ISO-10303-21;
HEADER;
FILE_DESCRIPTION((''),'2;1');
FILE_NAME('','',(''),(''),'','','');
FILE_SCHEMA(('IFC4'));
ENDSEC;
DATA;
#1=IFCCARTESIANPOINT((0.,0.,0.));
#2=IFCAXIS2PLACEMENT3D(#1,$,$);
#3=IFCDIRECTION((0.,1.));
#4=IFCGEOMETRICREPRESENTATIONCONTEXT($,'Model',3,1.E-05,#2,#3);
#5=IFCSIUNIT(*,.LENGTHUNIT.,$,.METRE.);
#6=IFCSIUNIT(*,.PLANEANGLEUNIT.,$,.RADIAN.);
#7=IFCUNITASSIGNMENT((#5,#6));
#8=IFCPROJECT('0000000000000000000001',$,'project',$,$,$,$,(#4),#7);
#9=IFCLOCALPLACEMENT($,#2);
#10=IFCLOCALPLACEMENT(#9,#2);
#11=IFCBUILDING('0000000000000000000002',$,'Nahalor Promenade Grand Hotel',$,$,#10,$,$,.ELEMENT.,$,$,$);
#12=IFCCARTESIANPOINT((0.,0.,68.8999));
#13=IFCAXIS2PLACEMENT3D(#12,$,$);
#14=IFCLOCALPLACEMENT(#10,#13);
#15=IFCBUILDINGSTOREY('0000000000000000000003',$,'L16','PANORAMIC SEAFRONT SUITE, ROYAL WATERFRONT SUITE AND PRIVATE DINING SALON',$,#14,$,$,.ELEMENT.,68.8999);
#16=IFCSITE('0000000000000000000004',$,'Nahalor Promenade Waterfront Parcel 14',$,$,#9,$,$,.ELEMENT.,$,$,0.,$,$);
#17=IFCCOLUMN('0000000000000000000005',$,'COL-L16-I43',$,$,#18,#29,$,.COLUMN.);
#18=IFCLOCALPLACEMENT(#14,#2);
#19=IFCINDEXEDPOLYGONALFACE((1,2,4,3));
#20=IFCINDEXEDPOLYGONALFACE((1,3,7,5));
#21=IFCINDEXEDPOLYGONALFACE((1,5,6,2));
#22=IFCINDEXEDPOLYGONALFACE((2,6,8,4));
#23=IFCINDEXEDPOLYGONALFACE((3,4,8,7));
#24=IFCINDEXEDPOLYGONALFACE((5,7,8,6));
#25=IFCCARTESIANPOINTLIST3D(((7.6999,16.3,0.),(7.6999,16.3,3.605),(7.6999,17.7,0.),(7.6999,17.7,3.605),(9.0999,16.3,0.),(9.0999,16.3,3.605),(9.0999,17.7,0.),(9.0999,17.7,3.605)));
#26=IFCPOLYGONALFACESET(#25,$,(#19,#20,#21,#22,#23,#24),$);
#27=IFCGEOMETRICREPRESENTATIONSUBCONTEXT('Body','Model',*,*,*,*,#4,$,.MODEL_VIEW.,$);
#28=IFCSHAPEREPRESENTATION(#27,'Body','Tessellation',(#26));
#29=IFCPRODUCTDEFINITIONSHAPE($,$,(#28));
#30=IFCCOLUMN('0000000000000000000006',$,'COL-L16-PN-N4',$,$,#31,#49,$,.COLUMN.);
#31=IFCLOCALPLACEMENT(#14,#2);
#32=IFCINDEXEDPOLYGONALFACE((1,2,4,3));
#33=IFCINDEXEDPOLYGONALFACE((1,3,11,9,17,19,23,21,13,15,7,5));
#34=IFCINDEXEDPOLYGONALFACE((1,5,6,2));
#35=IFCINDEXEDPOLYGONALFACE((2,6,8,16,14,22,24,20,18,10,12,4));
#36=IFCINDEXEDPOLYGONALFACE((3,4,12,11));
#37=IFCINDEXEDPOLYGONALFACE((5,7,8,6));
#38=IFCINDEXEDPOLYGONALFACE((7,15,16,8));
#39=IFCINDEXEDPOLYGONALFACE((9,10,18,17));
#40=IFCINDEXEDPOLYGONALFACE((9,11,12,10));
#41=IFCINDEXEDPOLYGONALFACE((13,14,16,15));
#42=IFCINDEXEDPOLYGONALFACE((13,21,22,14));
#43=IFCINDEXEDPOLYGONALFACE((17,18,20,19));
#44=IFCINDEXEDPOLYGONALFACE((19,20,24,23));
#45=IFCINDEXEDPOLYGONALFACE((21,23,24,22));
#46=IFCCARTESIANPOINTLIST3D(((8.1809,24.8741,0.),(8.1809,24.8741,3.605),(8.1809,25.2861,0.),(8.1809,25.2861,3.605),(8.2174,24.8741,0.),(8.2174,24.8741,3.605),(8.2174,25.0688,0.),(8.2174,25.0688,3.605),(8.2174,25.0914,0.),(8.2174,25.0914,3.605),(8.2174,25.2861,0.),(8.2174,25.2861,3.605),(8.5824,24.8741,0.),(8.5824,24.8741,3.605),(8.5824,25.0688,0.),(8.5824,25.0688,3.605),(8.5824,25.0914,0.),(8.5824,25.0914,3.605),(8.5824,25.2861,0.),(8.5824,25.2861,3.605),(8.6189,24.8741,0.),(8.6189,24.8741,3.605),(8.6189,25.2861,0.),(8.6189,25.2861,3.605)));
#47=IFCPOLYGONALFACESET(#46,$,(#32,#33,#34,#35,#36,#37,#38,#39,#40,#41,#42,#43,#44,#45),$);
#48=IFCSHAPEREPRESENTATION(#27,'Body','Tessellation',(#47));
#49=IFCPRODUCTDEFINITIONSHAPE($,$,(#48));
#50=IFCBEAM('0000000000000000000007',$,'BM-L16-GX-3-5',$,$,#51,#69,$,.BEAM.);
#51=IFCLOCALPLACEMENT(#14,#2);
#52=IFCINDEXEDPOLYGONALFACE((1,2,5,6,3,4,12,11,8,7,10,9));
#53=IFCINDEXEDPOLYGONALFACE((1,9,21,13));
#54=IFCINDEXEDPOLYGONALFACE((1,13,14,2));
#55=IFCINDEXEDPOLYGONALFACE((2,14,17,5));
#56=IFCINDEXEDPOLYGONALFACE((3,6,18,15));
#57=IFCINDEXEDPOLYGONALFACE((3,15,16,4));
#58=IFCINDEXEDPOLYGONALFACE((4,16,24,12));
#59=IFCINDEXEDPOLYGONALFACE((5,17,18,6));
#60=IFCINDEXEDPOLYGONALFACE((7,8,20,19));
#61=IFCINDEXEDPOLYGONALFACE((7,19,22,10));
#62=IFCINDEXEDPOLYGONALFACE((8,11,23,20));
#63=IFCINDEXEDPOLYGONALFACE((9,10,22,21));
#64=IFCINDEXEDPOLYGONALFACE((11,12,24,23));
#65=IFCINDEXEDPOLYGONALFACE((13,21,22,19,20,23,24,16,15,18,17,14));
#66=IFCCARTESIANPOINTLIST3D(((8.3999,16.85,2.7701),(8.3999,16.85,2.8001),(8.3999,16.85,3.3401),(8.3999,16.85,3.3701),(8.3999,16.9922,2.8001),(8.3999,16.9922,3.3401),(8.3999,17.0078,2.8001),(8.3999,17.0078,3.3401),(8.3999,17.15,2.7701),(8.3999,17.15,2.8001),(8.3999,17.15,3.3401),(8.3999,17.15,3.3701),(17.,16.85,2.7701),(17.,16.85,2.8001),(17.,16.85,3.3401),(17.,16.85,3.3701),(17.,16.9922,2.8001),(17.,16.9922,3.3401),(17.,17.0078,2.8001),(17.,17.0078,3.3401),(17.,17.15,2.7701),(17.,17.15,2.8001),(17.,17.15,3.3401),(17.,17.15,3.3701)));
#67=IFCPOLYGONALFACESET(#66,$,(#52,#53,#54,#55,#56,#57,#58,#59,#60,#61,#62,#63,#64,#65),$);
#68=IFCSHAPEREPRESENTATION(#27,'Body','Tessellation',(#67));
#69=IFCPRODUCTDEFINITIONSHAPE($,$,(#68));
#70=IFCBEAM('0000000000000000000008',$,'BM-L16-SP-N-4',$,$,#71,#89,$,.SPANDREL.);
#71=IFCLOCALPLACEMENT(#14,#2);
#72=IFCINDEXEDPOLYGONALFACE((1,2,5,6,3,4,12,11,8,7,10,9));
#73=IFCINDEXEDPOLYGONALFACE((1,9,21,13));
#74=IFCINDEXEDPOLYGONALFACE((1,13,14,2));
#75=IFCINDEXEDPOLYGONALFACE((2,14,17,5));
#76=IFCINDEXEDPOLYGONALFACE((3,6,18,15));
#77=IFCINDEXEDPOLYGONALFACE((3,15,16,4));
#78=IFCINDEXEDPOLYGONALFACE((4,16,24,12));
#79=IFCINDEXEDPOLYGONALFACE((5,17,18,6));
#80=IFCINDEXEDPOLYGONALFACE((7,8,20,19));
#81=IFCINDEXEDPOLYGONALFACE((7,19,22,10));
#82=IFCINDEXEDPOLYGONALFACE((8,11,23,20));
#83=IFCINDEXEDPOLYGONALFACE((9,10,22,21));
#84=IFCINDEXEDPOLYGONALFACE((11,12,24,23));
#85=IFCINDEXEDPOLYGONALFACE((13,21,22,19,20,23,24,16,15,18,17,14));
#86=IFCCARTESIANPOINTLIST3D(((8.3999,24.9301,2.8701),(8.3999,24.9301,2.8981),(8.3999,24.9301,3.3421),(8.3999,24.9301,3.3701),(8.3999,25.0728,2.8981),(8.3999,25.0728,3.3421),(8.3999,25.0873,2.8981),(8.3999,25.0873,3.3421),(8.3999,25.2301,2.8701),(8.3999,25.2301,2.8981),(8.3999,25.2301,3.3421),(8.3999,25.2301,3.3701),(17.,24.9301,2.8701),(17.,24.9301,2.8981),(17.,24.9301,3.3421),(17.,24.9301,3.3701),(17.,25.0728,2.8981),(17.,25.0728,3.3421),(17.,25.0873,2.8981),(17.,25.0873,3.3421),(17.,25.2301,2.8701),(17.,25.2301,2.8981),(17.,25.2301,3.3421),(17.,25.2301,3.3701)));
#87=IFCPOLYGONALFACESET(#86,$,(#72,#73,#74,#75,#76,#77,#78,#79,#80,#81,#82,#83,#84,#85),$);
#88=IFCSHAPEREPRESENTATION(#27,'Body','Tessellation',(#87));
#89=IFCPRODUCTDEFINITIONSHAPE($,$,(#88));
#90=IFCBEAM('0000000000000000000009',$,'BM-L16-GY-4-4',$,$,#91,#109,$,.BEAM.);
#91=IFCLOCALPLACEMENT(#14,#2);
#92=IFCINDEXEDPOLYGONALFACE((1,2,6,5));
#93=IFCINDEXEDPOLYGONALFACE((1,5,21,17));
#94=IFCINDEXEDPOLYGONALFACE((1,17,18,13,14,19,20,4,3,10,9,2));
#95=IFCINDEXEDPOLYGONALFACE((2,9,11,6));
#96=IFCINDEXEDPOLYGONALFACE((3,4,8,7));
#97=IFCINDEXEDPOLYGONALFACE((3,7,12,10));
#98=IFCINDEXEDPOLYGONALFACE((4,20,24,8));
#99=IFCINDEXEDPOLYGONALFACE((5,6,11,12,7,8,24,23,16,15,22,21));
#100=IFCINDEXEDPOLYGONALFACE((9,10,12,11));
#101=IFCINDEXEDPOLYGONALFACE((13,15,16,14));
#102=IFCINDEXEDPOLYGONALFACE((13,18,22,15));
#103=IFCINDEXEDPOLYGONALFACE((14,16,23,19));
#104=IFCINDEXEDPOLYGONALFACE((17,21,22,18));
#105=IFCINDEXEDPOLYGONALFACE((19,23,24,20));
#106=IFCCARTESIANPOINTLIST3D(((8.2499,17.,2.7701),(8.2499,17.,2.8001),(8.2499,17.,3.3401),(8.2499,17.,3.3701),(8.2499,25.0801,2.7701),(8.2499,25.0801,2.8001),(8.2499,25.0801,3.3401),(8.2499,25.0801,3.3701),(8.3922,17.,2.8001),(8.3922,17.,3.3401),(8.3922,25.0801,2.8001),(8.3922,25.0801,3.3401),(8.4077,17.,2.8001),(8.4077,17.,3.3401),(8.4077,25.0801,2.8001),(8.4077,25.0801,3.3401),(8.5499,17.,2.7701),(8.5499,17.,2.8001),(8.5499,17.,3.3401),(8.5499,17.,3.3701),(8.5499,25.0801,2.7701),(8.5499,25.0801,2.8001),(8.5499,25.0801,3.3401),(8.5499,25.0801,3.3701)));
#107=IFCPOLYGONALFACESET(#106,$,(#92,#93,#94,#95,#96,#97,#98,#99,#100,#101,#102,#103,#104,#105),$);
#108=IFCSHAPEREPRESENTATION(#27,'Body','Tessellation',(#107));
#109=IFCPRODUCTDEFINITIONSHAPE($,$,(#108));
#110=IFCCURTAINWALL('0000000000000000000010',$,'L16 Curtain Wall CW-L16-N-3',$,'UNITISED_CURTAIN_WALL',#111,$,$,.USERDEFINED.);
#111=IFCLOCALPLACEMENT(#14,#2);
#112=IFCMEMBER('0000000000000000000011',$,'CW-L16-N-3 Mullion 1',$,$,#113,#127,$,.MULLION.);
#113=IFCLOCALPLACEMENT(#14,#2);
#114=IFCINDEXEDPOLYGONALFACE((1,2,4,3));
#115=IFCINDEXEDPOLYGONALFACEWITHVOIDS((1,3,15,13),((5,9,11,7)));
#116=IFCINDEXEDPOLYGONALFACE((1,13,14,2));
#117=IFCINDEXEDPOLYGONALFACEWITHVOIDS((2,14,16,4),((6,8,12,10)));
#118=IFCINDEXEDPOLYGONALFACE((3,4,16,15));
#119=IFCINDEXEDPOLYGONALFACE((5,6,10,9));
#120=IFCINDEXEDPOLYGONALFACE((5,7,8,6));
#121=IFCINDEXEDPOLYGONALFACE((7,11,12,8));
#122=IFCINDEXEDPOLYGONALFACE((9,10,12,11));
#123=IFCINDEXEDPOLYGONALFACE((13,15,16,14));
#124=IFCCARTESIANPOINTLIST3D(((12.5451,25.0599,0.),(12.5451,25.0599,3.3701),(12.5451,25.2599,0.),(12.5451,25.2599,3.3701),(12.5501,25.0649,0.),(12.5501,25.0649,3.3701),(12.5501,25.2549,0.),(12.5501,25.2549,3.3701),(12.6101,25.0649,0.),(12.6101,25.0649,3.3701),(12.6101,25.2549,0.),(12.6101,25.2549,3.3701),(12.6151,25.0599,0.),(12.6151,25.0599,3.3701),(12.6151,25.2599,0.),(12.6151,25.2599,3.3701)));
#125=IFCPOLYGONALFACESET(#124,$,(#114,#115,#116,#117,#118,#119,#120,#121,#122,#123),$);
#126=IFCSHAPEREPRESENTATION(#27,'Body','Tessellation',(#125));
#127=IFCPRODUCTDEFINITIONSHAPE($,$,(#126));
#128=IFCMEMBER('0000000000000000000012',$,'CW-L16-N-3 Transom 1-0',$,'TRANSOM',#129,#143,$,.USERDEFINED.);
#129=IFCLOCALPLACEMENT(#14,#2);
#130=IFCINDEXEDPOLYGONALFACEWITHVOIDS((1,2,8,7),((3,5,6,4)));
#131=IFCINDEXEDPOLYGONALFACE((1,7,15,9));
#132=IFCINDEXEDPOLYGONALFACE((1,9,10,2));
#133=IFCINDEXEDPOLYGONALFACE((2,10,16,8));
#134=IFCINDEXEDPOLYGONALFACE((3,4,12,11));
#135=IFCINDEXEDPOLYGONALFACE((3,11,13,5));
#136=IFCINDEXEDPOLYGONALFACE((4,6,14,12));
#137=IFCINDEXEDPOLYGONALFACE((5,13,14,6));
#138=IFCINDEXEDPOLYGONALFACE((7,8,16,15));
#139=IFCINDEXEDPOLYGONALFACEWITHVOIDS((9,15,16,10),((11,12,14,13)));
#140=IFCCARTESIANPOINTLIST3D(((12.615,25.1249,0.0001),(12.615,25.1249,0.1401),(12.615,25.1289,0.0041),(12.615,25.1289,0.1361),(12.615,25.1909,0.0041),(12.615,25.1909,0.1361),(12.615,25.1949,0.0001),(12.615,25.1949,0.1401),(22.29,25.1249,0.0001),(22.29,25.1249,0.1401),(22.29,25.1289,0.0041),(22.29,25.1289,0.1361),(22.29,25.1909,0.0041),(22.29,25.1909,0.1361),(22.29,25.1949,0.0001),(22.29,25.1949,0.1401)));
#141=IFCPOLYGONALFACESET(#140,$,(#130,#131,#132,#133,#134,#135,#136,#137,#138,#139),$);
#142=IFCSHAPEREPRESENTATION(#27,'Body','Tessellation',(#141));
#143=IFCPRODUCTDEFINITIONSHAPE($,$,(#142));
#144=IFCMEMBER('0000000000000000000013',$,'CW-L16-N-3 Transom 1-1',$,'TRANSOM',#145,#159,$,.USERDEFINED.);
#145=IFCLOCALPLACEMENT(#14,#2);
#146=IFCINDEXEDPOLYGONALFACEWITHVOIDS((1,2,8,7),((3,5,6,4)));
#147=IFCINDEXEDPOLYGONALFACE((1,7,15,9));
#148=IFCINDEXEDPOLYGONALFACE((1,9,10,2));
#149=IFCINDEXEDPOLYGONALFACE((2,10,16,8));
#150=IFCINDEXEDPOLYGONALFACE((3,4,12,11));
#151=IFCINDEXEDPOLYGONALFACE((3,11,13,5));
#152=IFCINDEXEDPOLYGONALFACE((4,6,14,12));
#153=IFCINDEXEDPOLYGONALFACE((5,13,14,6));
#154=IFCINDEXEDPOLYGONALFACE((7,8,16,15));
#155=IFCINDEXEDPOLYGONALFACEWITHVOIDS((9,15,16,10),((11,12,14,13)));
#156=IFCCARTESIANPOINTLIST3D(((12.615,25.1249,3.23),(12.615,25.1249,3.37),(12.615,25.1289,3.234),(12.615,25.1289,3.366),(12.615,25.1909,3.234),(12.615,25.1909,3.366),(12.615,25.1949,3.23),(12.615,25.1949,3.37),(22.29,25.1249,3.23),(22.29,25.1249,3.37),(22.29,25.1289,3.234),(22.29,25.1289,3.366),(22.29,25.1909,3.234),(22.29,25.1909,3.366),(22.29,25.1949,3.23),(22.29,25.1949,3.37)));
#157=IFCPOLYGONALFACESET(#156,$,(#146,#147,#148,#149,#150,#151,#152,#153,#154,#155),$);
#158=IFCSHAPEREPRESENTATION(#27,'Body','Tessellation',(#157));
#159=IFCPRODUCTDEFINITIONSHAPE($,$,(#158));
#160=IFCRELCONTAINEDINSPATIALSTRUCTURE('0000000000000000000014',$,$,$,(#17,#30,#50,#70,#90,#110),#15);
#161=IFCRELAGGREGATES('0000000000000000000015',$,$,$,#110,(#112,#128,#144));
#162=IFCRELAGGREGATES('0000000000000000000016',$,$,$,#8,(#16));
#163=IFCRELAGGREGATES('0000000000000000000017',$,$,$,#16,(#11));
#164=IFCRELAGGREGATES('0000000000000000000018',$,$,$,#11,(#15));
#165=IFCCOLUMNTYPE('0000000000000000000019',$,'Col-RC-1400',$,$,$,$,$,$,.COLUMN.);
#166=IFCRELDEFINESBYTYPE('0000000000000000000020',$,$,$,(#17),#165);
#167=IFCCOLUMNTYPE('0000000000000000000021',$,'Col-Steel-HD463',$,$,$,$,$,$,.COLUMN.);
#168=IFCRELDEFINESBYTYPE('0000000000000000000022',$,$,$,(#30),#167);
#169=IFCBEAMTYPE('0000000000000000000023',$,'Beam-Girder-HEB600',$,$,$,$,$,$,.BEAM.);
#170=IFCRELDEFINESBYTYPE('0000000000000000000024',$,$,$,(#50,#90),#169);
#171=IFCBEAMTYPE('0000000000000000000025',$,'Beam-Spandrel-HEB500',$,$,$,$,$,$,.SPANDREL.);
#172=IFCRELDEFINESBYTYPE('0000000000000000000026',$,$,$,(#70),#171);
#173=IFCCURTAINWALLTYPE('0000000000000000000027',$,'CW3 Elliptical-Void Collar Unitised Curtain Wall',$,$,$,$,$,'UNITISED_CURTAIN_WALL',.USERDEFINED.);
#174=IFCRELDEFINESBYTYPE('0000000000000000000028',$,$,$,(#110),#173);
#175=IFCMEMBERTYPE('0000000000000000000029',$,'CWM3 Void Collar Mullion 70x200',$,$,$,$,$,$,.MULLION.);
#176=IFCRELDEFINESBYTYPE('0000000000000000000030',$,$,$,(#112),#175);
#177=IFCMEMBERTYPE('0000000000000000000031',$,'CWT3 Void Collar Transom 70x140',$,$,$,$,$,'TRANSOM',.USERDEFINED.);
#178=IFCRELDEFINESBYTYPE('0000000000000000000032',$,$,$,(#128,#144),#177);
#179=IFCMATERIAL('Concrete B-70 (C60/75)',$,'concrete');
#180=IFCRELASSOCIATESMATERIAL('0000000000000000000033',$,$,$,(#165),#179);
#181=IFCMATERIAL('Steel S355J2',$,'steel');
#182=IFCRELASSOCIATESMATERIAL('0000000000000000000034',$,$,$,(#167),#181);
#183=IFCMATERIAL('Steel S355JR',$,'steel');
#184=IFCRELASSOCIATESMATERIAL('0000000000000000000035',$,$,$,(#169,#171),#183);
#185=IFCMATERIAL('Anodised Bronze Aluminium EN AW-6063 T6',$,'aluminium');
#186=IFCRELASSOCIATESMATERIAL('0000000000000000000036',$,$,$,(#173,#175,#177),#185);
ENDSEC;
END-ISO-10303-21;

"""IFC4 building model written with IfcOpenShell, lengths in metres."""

from ifc_helpers import new_model, si_unit, direction, frame, origin, origin_2d, place, context, subcontext, project, spatial, rectangle, hollow_rectangle, i_section, extrude, source, transform, mapped, material, material_profile, profile_set, type_object, element, aggregate, save


model = new_model("IFC4")

# Units and contexts
model_context = context("Model", 3, precision=1e-05, world=origin(), true_north=direction((0.0, 1.0)))
body_context = subcontext(model_context, "Body", "Model", "MODEL_VIEW")
ifc_project = project(units=[si_unit("LENGTHUNIT", "METRE"), si_unit("PLANEANGLEUNIT", "RADIAN")], contexts=[model_context])

# Site, building, storey
site_placement = place(None, origin())
site = spatial("IfcSite", under=ifc_project, at=site_placement, Name="Nahalor Promenade Waterfront Parcel 14", CompositionType="ELEMENT", RefElevation=0.0)
building_placement = place(site_placement, origin())
building = spatial("IfcBuilding", under=site, at=building_placement, Name="Nahalor Promenade Grand Hotel", CompositionType="ELEMENT")
storey_placement = place(building_placement, frame((0.0, 0.0, 68.8999)))
storey = spatial("IfcBuildingStorey", under=building, at=storey_placement, Name="L16", Description="PANORAMIC SEAFRONT SUITE, ROYAL WATERFRONT SUITE AND PRIVATE DINING SALON", CompositionType="ELEMENT", Elevation=68.8999)

# Columns
ifc_material_1 = material(Name="Concrete B-70 (C60/75)", Category="concrete")
ifc_material_profile_1 = material_profile(ifc_material_1, rectangle(XDim=1.4, YDim=1.4, at=origin_2d()), Name="RC 1400x1400")
ifc_profile_set_1 = profile_set([ifc_material_profile_1], Name="Concrete B-70 (C60/75)")
column_type_1 = type_object("IfcColumnType", Name="Col-RC-1400", PredefinedType="COLUMN", material=ifc_profile_set_1)
shared_shape_1 = source(origin(), body_context, "Body", "SweptSolid", [
    extrude(rectangle(XDim=1.4, YDim=1.4, at=origin_2d()), origin(), (0.0, 0.0, 1.0), 3.605),
])
column_1_placement = place(storey_placement, frame((8.3999, 17.0, 0.0), z_axis=(0.0, 0.0, 1.0), x_axis=(1.0, 0.0, 0.0)))
element("IfcColumn", 1, at=column_1_placement, inside=storey, type_object=column_type_1, Name="COL-L16-I43", PredefinedType="COLUMN", context=body_context, shape_type="MappedRepresentation", body=[
    mapped(shared_shape_1, transform((0.0, 0.0, 0.0), scale=1.0)),
])
ifc_material_2 = material(Name="Steel S355J2", Category="steel")
ifc_material_profile_2 = material_profile(ifc_material_2, i_section(OverallWidth=0.412, OverallDepth=0.438, WebThickness=0.0226, FlangeThickness=0.0365, at=origin_2d()), Name="HD 400x463")
ifc_profile_set_2 = profile_set([ifc_material_profile_2], Name="Steel S355J2")
column_type_2 = type_object("IfcColumnType", Name="Col-Steel-HD463", PredefinedType="COLUMN", material=ifc_profile_set_2)
shared_shape_2 = source(origin(), body_context, "Body", "SweptSolid", [
    extrude(i_section(OverallWidth=0.412, OverallDepth=0.438, WebThickness=0.0226, FlangeThickness=0.0365, at=origin_2d()), origin(), (0.0, 0.0, 1.0), 3.605),
])
column_2_placement = place(storey_placement, frame((8.3999, 25.0801, 0.0), z_axis=(0.0, 0.0, 1.0), x_axis=(0.0, 1.0, 0.0)))
element("IfcColumn", 2, at=column_2_placement, inside=storey, type_object=column_type_2, Name="COL-L16-PN-N4", PredefinedType="COLUMN", context=body_context, shape_type="MappedRepresentation", body=[
    mapped(shared_shape_2, transform((0.0, 0.0, 0.0), scale=1.0)),
])

# Beams
ifc_material_3 = material(Name="Steel S355JR", Category="steel")
ifc_material_profile_3 = material_profile(ifc_material_3, i_section(OverallWidth=0.3, OverallDepth=0.6, WebThickness=0.0155, FlangeThickness=0.03, at=origin_2d()), Name="HEB 600")
ifc_profile_set_3 = profile_set([ifc_material_profile_3], Name="Steel S355JR")
beam_type_1 = type_object("IfcBeamType", Name="Beam-Girder-HEB600", PredefinedType="BEAM", material=ifc_profile_set_3)
shared_shape_3 = source(origin(), body_context, "Body", "SweptSolid", [
    extrude(i_section(OverallWidth=0.3, OverallDepth=0.6, WebThickness=0.0155, FlangeThickness=0.03, at=origin_2d()), origin(), (0.0, 0.0, 1.0), 8.6001),
])
beam_1_placement = place(storey_placement, frame((8.3999, 17.0, 3.0701), z_axis=(1.0, 0.0, 0.0), x_axis=(0.0, 1.0, 0.0)))
element("IfcBeam", 3, at=beam_1_placement, inside=storey, type_object=beam_type_1, Name="BM-L16-GX-3-5", PredefinedType="BEAM", context=body_context, shape_type="MappedRepresentation", body=[
    mapped(shared_shape_3, transform((0.0, 0.0, 0.0), scale=1.0)),
])
ifc_material_profile_4 = material_profile(ifc_material_3, i_section(OverallWidth=0.3, OverallDepth=0.5, WebThickness=0.0145, FlangeThickness=0.028, at=origin_2d()), Name="HEB 500")
ifc_profile_set_4 = profile_set([ifc_material_profile_4], Name="Steel S355JR")
beam_type_2 = type_object("IfcBeamType", Name="Beam-Spandrel-HEB500", PredefinedType="SPANDREL", material=ifc_profile_set_4)
shared_shape_4 = source(origin(), body_context, "Body", "SweptSolid", [
    extrude(i_section(OverallWidth=0.3, OverallDepth=0.5, WebThickness=0.0145, FlangeThickness=0.028, at=origin_2d()), origin(), (0.0, 0.0, 1.0), 8.6001),
])
beam_2_placement = place(storey_placement, frame((8.3999, 25.0801, 3.1201), z_axis=(1.0, 0.0, 0.0), x_axis=(0.0, 1.0, 0.0)))
element("IfcBeam", 4, at=beam_2_placement, inside=storey, type_object=beam_type_2, Name="BM-L16-SP-N-4", PredefinedType="SPANDREL", context=body_context, shape_type="MappedRepresentation", body=[
    mapped(shared_shape_4, transform((0.0, 0.0, 0.0), scale=1.0)),
])
shared_shape_5 = source(origin(), body_context, "Body", "SweptSolid", [
    extrude(i_section(OverallWidth=0.3, OverallDepth=0.6, WebThickness=0.0155, FlangeThickness=0.03, at=origin_2d()), origin(), (0.0, 0.0, 1.0), 8.0801),
])
beam_3_placement = place(storey_placement, frame((8.3999, 17.0, 3.0701), z_axis=(0.0, 1.0, 0.0), x_axis=(-1.0, 0.0, 0.0)))
element("IfcBeam", 5, at=beam_3_placement, inside=storey, type_object=beam_type_1, Name="BM-L16-GY-4-4", PredefinedType="BEAM", context=body_context, shape_type="MappedRepresentation", body=[
    mapped(shared_shape_5, transform((0.0, 0.0, 0.0), scale=1.0)),
])

# Curtain wall, members
ifc_material_4 = material(Name="Anodised Bronze Aluminium EN AW-6063 T6", Category="aluminium")
curtain_wall_type = type_object("IfcCurtainWallType", Name="CW3 Elliptical-Void Collar Unitised Curtain Wall", ElementType="UNITISED_CURTAIN_WALL", PredefinedType="USERDEFINED", material=ifc_material_4)
curtain_wall_placement = place(storey_placement, origin())
curtain_wall = element("IfcCurtainWall", 6, at=curtain_wall_placement, inside=storey, type_object=curtain_wall_type, Name="L16 Curtain Wall CW-L16-N-3", ObjectType="UNITISED_CURTAIN_WALL", PredefinedType="USERDEFINED")
ifc_material_profile_5 = material_profile(ifc_material_4, hollow_rectangle(XDim=0.07, YDim=0.2, WallThickness=0.005, at=origin_2d()), Name="CWM 70x200x5")
ifc_profile_set_5 = profile_set([ifc_material_profile_5], Name="Anodised Bronze Aluminium EN AW-6063 T6")
member_type_1 = type_object("IfcMemberType", Name="CWM3 Void Collar Mullion 70x200", PredefinedType="MULLION", material=ifc_profile_set_5)
shared_shape_6 = source(origin(), body_context, "Body", "SweptSolid", [
    extrude(hollow_rectangle(XDim=0.07, YDim=0.2, WallThickness=0.005, at=origin_2d()), origin(), (0.0, 0.0, 1.0), 3.3701),
])
member_1_placement = place(storey_placement, frame((12.5801, 25.1599, 0.0), z_axis=(0.0, 0.0, 1.0), x_axis=(1.0, 0.0, 0.0)))
member_1 = element("IfcMember", 7, at=member_1_placement, type_object=member_type_1, Name="CW-L16-N-3 Mullion 1", PredefinedType="MULLION", context=body_context, shape_type="MappedRepresentation", body=[
    mapped(shared_shape_6, transform((0.0, 0.0, 0.0), scale=1.0)),
])
ifc_material_profile_6 = material_profile(ifc_material_4, hollow_rectangle(XDim=0.07, YDim=0.14, WallThickness=0.004, at=origin_2d()), Name="CWT 70x140x4")
ifc_profile_set_6 = profile_set([ifc_material_profile_6], Name="Anodised Bronze Aluminium EN AW-6063 T6")
member_type_2 = type_object("IfcMemberType", Name="CWT3 Void Collar Transom 70x140", ElementType="TRANSOM", PredefinedType="USERDEFINED", material=ifc_profile_set_6)
shared_shape_7 = source(origin(), body_context, "Body", "SweptSolid", [
    extrude(hollow_rectangle(XDim=0.07, YDim=0.14, WallThickness=0.004, at=origin_2d()), origin(), (0.0, 0.0, 1.0), 9.675),
])
member_2_placement = place(storey_placement, frame((12.615, 25.1599, 0.0701), z_axis=(1.0, 0.0, 0.0), x_axis=(0.0, 1.0, 0.0)))
member_2 = element("IfcMember", 8, at=member_2_placement, type_object=member_type_2, Name="CW-L16-N-3 Transom 1-0", ObjectType="TRANSOM", PredefinedType="USERDEFINED", context=body_context, shape_type="MappedRepresentation", body=[
    mapped(shared_shape_7, transform((0.0, 0.0, 0.0), scale=1.0)),
])
member_3_placement = place(storey_placement, frame((12.615, 25.1599, 3.3), z_axis=(1.0, 0.0, 0.0), x_axis=(0.0, 1.0, 0.0)))
member_3 = element("IfcMember", 9, at=member_3_placement, type_object=member_type_2, Name="CW-L16-N-3 Transom 1-1", ObjectType="TRANSOM", PredefinedType="USERDEFINED", context=body_context, shape_type="MappedRepresentation", body=[
    mapped(shared_shape_7, transform((0.0, 0.0, 0.0), scale=1.0)),
])
aggregate(curtain_wall, [member_1, member_2, member_3])

save(model, "model.ifc")
